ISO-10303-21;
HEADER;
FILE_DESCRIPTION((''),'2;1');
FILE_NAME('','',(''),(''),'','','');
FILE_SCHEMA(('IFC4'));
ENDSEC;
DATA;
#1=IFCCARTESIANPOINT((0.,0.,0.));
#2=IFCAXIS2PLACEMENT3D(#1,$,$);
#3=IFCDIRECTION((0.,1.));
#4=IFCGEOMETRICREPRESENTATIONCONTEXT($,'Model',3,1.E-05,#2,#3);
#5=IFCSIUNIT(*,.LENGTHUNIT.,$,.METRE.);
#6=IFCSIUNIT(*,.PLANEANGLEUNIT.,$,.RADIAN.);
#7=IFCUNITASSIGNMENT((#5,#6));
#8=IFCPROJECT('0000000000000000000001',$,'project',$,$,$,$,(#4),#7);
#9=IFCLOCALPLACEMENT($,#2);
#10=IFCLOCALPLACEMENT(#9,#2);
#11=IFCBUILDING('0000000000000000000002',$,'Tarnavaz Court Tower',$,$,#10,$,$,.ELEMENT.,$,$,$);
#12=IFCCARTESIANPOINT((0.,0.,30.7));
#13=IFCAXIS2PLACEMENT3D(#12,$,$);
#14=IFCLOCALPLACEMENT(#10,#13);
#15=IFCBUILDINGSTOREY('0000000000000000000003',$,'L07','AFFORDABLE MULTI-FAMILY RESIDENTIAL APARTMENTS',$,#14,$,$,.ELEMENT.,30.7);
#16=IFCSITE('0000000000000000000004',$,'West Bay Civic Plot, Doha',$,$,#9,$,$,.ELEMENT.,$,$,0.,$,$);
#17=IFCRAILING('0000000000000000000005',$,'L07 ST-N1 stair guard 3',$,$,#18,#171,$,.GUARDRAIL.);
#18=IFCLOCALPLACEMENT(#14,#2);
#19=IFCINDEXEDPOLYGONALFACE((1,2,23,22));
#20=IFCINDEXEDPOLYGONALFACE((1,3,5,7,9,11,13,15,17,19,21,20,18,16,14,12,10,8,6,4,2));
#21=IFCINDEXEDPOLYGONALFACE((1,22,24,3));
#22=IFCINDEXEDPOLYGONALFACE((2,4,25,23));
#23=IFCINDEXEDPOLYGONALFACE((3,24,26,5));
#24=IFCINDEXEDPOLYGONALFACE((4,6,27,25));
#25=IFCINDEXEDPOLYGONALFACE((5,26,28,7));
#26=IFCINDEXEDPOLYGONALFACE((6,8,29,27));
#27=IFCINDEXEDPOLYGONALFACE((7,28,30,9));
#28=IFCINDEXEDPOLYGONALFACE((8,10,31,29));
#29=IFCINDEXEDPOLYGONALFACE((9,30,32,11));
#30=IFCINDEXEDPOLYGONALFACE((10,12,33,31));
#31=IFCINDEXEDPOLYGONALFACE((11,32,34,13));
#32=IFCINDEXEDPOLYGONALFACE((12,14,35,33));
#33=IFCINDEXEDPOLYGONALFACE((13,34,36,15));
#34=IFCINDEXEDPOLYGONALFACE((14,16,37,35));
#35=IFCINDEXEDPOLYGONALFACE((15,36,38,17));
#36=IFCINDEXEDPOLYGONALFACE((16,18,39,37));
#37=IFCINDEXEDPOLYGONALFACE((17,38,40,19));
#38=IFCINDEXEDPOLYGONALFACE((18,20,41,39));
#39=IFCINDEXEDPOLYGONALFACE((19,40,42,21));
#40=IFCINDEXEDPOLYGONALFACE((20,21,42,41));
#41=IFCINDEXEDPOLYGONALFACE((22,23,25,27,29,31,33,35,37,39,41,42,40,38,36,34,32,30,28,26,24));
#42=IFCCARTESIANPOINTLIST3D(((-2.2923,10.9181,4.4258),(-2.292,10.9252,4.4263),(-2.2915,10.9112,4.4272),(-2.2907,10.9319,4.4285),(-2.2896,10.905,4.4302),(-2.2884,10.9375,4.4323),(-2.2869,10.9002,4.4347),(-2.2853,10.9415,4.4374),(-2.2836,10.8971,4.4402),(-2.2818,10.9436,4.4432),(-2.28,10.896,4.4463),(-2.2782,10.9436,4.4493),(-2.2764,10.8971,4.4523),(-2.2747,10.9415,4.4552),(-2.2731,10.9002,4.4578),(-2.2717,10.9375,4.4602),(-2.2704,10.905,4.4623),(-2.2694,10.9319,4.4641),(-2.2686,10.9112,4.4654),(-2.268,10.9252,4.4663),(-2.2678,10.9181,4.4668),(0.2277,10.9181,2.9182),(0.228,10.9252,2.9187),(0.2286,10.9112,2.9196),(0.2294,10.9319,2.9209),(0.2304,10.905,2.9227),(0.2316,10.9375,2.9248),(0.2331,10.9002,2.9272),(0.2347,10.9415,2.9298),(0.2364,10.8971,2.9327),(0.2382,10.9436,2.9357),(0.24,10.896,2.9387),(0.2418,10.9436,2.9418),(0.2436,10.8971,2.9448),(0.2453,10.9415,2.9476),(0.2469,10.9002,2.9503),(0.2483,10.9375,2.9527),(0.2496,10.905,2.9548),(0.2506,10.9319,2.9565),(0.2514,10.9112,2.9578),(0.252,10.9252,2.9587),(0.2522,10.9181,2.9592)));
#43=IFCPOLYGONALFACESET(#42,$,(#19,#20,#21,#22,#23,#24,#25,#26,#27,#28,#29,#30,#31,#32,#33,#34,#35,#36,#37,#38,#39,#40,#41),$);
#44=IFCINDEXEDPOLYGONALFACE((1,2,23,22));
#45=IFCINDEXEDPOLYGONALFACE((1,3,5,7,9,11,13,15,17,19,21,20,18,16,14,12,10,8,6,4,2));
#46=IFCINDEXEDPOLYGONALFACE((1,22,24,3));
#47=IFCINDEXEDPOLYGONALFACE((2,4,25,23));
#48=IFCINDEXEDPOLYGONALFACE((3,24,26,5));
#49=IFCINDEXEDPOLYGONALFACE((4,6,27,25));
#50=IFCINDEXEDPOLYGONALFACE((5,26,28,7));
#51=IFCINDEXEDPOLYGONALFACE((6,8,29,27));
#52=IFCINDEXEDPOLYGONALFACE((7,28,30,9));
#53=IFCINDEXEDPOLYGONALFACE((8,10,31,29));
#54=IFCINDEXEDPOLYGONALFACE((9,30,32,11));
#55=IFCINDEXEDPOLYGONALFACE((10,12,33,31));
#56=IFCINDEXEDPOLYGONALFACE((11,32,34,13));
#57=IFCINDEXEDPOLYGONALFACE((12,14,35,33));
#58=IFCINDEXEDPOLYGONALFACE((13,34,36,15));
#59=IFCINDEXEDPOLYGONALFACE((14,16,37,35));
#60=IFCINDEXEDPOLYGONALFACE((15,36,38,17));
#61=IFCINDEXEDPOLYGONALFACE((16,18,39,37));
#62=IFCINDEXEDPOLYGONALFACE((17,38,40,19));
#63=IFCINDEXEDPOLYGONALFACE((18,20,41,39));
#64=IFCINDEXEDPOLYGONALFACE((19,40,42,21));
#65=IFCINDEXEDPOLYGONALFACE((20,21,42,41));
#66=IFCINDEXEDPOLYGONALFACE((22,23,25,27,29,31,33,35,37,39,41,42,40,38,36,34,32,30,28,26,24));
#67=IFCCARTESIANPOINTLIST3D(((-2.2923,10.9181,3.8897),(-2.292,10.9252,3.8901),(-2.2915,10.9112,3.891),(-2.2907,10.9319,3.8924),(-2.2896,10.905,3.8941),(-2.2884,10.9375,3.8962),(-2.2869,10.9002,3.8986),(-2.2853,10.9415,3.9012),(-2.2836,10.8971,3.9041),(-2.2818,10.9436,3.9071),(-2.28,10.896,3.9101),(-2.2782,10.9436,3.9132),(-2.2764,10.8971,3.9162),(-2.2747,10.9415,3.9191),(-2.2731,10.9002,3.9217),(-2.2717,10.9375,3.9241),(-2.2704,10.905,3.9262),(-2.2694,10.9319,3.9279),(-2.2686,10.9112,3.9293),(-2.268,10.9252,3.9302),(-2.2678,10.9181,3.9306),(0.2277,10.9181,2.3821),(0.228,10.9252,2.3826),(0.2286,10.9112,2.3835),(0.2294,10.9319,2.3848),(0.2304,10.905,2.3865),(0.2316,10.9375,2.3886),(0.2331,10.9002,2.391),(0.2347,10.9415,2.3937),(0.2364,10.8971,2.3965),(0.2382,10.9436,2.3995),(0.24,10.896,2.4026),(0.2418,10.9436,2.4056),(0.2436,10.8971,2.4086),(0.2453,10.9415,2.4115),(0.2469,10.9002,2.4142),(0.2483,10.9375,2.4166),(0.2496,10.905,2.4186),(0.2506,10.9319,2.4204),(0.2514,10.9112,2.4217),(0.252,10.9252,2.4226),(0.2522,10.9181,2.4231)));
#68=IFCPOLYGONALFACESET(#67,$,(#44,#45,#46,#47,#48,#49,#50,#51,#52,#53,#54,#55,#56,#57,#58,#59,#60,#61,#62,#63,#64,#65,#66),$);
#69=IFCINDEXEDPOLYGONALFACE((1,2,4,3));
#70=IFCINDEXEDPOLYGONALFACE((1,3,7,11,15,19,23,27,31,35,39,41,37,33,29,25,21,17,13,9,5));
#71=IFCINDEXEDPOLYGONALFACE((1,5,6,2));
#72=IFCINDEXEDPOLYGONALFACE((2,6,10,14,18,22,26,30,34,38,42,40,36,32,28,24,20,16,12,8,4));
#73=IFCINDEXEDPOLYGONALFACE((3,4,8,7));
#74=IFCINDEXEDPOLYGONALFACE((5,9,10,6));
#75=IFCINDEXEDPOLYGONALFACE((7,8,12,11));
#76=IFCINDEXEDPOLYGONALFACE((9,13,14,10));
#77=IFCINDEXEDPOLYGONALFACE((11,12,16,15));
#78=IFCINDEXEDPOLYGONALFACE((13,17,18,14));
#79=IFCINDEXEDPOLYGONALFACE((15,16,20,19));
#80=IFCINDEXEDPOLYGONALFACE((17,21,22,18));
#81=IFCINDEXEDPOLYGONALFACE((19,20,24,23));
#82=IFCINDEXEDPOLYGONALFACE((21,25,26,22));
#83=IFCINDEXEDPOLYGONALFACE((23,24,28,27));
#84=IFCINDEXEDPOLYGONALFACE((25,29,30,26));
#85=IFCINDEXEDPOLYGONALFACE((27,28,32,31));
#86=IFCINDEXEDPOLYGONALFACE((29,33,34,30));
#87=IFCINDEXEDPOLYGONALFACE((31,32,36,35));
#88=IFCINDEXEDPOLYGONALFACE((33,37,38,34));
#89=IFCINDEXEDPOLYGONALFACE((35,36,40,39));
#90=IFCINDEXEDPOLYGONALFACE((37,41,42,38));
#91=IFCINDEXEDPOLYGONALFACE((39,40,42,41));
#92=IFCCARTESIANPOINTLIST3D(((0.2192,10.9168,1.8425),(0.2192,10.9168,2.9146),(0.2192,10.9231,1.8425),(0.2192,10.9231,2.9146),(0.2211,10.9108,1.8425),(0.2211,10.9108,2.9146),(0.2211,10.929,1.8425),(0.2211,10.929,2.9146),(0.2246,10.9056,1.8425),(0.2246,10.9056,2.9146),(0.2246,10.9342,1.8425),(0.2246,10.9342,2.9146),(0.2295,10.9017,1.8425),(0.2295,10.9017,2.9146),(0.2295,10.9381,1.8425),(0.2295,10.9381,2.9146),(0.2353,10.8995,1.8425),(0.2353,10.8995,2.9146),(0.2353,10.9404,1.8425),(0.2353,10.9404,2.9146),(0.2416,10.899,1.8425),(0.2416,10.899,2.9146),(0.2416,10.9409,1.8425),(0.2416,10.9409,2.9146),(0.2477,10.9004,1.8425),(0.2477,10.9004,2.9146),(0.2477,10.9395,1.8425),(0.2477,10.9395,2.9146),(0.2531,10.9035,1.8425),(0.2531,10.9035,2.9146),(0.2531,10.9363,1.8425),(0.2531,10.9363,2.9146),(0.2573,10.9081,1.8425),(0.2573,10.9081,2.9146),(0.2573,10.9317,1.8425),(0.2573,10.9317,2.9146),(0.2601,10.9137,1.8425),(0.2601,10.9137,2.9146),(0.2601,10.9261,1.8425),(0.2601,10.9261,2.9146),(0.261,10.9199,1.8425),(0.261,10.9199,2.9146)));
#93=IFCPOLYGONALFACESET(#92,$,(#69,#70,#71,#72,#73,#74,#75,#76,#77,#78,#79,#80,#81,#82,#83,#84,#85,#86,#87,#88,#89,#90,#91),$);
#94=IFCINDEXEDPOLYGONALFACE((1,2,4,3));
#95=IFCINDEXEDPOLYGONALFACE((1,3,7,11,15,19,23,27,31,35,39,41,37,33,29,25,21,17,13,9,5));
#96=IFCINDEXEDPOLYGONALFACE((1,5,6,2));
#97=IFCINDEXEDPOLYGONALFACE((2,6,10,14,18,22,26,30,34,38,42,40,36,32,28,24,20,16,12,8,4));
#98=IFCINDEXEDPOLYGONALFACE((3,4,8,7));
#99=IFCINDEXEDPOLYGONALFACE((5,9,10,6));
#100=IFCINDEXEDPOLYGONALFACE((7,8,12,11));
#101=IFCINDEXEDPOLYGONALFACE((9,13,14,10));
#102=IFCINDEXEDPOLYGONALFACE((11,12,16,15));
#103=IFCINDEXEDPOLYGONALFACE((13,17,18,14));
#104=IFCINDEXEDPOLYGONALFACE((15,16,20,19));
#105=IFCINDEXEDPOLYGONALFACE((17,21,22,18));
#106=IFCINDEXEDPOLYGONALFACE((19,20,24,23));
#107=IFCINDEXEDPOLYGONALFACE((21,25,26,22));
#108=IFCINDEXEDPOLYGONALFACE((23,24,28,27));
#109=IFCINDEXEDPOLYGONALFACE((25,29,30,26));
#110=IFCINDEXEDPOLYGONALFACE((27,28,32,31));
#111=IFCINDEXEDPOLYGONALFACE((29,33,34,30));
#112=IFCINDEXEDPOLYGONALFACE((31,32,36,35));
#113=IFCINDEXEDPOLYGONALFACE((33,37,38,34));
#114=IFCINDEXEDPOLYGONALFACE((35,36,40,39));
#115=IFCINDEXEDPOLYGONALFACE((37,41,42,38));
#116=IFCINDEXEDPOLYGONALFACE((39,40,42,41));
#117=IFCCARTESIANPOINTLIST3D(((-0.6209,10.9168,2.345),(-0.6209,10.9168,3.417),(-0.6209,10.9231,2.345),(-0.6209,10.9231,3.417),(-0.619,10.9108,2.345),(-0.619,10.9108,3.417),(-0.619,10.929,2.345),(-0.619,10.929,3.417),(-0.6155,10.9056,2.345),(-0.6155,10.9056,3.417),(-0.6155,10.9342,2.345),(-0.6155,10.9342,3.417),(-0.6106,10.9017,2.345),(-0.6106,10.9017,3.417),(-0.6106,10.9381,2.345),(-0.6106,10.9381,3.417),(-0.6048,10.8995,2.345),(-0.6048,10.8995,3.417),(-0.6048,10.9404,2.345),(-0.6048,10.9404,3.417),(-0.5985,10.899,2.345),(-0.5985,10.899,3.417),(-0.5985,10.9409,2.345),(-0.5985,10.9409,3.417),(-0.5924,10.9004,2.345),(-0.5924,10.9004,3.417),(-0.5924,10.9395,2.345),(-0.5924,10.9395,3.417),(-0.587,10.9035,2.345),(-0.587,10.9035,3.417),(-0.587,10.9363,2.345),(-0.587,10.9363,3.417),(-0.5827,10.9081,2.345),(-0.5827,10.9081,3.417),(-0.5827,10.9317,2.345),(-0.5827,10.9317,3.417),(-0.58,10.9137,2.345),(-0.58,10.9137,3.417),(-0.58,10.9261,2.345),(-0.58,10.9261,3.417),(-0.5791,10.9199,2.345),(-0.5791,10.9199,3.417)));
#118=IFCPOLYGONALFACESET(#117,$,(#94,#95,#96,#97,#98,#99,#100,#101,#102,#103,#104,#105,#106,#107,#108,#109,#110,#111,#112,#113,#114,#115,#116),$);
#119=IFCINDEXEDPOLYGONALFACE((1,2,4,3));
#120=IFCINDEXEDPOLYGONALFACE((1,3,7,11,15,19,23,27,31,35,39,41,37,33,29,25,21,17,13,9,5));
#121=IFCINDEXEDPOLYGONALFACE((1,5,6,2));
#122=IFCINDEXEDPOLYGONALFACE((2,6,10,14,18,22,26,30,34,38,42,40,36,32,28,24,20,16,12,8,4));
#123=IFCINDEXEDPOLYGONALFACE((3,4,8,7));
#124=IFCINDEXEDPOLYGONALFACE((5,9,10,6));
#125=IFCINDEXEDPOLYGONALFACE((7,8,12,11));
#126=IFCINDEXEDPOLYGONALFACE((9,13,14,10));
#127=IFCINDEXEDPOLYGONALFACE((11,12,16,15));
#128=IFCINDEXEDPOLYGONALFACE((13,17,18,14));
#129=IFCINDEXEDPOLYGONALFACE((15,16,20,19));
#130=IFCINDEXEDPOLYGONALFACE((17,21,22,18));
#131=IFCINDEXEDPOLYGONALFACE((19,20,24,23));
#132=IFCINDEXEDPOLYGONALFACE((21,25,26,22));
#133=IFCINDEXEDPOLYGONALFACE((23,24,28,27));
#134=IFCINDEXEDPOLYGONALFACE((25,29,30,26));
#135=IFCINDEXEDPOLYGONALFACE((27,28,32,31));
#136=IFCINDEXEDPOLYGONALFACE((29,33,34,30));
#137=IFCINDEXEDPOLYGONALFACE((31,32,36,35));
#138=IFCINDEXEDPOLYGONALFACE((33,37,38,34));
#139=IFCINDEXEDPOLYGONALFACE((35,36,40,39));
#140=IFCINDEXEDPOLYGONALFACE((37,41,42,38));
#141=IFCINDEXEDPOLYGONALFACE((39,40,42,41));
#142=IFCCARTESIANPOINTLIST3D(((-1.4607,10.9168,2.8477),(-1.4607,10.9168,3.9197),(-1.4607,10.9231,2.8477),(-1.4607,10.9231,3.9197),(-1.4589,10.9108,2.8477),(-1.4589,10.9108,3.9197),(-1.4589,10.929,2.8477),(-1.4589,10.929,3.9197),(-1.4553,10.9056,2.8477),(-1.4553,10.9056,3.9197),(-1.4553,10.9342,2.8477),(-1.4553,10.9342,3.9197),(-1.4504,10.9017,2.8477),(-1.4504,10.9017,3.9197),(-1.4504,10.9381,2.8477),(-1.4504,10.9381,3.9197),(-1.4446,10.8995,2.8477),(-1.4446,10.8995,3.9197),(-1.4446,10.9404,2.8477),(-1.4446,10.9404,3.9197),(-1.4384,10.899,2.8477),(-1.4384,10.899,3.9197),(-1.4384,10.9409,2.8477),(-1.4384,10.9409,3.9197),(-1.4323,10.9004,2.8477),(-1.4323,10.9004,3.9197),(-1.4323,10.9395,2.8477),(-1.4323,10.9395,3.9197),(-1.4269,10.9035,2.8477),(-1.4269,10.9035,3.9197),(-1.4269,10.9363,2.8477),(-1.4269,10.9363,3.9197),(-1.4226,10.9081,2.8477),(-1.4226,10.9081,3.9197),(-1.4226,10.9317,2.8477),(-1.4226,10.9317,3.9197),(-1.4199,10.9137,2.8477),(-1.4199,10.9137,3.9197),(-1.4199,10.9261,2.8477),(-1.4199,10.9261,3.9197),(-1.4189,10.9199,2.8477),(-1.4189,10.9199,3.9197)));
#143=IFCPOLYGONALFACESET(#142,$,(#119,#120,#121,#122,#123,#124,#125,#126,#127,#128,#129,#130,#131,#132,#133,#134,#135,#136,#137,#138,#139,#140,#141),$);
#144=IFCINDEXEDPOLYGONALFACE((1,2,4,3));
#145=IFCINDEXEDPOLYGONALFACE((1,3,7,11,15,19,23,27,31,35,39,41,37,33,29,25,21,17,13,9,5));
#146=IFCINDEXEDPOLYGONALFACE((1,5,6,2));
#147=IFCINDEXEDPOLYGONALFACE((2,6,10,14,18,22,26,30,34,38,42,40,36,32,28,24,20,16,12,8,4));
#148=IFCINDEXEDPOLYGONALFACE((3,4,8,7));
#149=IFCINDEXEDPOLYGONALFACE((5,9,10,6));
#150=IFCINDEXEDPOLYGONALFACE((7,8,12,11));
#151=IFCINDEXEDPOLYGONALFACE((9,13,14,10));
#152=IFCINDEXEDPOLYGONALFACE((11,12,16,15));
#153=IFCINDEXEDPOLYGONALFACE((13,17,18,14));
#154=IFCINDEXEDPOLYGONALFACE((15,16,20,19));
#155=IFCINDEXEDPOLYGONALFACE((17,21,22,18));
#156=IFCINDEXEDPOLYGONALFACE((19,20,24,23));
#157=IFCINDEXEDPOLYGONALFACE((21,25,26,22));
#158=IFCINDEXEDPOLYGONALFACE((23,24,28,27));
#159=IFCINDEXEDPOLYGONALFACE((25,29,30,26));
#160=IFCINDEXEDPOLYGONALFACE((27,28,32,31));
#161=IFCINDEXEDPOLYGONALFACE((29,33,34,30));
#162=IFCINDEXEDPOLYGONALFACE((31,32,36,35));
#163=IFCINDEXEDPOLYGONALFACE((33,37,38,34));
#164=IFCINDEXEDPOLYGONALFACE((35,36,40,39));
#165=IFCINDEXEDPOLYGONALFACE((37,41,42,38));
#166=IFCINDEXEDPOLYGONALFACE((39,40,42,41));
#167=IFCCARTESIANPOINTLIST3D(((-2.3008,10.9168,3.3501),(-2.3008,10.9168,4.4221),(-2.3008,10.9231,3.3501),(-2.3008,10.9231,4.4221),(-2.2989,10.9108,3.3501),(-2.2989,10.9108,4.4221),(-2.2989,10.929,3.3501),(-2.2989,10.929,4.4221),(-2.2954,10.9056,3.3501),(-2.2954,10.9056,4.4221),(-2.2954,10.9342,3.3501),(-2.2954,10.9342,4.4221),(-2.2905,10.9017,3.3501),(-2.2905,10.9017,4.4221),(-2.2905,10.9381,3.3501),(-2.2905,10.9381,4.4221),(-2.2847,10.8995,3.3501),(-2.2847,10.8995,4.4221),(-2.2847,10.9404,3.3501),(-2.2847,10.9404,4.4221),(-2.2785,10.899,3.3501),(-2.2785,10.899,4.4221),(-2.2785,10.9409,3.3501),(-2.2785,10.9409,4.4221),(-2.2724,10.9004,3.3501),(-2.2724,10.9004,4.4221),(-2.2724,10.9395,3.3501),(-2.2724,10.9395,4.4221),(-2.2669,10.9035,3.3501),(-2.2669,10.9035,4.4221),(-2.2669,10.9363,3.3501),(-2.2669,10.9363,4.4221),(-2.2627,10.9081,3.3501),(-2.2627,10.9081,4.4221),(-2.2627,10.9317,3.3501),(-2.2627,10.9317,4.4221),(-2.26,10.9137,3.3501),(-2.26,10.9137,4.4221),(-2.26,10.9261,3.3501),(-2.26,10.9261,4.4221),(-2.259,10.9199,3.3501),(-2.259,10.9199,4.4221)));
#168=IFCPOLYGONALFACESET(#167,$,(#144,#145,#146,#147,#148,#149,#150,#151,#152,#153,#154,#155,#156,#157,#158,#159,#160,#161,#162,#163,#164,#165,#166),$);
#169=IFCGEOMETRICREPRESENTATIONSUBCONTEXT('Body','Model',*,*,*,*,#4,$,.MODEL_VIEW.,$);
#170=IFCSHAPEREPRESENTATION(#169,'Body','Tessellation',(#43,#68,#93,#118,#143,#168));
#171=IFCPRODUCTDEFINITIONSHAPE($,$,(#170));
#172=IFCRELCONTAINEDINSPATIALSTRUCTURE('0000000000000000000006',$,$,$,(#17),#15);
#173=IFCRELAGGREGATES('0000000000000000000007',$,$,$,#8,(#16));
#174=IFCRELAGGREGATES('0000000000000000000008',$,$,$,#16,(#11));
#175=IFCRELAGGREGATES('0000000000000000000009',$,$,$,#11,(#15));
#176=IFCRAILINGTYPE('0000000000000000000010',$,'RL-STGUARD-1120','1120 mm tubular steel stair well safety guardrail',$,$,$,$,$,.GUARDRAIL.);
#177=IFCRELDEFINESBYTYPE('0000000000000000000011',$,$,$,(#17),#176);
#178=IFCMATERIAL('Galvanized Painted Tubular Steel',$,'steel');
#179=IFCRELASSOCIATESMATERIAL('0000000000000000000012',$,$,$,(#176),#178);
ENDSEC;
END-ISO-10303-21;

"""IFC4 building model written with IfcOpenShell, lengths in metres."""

from ifc_helpers import new_model, si_unit, direction, frame, origin, origin_2d, place, context, subcontext, project, spatial, circle, extrude, material, type_object, element, save


model = new_model("IFC4")

# Units and contexts
model_context = context("Model", 3, precision=1e-05, world=origin(), true_north=direction((0.0, 1.0)))
body_context = subcontext(model_context, "Body", "Model", "MODEL_VIEW")
ifc_project = project(units=[si_unit("LENGTHUNIT", "METRE"), si_unit("PLANEANGLEUNIT", "RADIAN")], contexts=[model_context])

# Site, building, storey
site_placement = place(None, origin())
site = spatial("IfcSite", under=ifc_project, at=site_placement, Name="West Bay Civic Plot, Doha", CompositionType="ELEMENT", RefElevation=0.0)
building_placement = place(site_placement, origin())
building = spatial("IfcBuilding", under=site, at=building_placement, Name="Tarnavaz Court Tower", CompositionType="ELEMENT")
storey_placement = place(building_placement, frame((0.0, 0.0, 30.7)))
storey = spatial("IfcBuildingStorey", under=building, at=storey_placement, Name="L07", Description="AFFORDABLE MULTI-FAMILY RESIDENTIAL APARTMENTS", CompositionType="ELEMENT", Elevation=30.7)

# Railing
ifc_material_1 = material(Name="Galvanized Painted Tubular Steel", Category="steel")
railing_type_1 = type_object("IfcRailingType", Name="RL-STGUARD-1120", Description="1120 mm tubular steel stair well safety guardrail", PredefinedType="GUARDRAIL", material=ifc_material_1)
railing_1_placement = place(storey_placement, frame((0.24, 10.9199, 1.8425)))
element("IfcRailing", 1, at=railing_1_placement, inside=storey, type_object=railing_type_1, Name="L07 ST-N1 stair guard 3", PredefinedType="GUARDRAIL", context=body_context, shape_type="SweptSolid", body=[
    extrude(circle(Radius=0.0239, at=origin_2d()), frame((0.0, 0.0, 1.0962), z_axis=(-0.85816, 0.0, 0.513383), x_axis=(0.0, -1.0, 0.0)), (0.0, 0.0, 1.0), 2.9365),
    extrude(circle(Radius=0.0239, at=origin_2d()), frame((0.0, 0.0, 0.5601), z_axis=(-0.85816, 0.0, 0.513383), x_axis=(0.0, -1.0, 0.0)), (0.0, 0.0, 1.0), 2.9365),
    extrude(circle(Radius=0.021, at=origin_2d()), origin(), (0.0, 0.0, 1.0), 1.072),
    extrude(circle(Radius=0.021, at=origin_2d()), frame((-0.8401, 0.0, 0.5024)), (0.0, 0.0, 1.0), 1.072),
    extrude(circle(Radius=0.021, at=origin_2d()), frame((-1.6799, 0.0, 1.0051)), (0.0, 0.0, 1.0), 1.072),
    extrude(circle(Radius=0.021, at=origin_2d()), frame((-2.52, 0.0, 1.5076)), (0.0, 0.0, 1.0), 1.072),
])

save(model, "model.ifc")
